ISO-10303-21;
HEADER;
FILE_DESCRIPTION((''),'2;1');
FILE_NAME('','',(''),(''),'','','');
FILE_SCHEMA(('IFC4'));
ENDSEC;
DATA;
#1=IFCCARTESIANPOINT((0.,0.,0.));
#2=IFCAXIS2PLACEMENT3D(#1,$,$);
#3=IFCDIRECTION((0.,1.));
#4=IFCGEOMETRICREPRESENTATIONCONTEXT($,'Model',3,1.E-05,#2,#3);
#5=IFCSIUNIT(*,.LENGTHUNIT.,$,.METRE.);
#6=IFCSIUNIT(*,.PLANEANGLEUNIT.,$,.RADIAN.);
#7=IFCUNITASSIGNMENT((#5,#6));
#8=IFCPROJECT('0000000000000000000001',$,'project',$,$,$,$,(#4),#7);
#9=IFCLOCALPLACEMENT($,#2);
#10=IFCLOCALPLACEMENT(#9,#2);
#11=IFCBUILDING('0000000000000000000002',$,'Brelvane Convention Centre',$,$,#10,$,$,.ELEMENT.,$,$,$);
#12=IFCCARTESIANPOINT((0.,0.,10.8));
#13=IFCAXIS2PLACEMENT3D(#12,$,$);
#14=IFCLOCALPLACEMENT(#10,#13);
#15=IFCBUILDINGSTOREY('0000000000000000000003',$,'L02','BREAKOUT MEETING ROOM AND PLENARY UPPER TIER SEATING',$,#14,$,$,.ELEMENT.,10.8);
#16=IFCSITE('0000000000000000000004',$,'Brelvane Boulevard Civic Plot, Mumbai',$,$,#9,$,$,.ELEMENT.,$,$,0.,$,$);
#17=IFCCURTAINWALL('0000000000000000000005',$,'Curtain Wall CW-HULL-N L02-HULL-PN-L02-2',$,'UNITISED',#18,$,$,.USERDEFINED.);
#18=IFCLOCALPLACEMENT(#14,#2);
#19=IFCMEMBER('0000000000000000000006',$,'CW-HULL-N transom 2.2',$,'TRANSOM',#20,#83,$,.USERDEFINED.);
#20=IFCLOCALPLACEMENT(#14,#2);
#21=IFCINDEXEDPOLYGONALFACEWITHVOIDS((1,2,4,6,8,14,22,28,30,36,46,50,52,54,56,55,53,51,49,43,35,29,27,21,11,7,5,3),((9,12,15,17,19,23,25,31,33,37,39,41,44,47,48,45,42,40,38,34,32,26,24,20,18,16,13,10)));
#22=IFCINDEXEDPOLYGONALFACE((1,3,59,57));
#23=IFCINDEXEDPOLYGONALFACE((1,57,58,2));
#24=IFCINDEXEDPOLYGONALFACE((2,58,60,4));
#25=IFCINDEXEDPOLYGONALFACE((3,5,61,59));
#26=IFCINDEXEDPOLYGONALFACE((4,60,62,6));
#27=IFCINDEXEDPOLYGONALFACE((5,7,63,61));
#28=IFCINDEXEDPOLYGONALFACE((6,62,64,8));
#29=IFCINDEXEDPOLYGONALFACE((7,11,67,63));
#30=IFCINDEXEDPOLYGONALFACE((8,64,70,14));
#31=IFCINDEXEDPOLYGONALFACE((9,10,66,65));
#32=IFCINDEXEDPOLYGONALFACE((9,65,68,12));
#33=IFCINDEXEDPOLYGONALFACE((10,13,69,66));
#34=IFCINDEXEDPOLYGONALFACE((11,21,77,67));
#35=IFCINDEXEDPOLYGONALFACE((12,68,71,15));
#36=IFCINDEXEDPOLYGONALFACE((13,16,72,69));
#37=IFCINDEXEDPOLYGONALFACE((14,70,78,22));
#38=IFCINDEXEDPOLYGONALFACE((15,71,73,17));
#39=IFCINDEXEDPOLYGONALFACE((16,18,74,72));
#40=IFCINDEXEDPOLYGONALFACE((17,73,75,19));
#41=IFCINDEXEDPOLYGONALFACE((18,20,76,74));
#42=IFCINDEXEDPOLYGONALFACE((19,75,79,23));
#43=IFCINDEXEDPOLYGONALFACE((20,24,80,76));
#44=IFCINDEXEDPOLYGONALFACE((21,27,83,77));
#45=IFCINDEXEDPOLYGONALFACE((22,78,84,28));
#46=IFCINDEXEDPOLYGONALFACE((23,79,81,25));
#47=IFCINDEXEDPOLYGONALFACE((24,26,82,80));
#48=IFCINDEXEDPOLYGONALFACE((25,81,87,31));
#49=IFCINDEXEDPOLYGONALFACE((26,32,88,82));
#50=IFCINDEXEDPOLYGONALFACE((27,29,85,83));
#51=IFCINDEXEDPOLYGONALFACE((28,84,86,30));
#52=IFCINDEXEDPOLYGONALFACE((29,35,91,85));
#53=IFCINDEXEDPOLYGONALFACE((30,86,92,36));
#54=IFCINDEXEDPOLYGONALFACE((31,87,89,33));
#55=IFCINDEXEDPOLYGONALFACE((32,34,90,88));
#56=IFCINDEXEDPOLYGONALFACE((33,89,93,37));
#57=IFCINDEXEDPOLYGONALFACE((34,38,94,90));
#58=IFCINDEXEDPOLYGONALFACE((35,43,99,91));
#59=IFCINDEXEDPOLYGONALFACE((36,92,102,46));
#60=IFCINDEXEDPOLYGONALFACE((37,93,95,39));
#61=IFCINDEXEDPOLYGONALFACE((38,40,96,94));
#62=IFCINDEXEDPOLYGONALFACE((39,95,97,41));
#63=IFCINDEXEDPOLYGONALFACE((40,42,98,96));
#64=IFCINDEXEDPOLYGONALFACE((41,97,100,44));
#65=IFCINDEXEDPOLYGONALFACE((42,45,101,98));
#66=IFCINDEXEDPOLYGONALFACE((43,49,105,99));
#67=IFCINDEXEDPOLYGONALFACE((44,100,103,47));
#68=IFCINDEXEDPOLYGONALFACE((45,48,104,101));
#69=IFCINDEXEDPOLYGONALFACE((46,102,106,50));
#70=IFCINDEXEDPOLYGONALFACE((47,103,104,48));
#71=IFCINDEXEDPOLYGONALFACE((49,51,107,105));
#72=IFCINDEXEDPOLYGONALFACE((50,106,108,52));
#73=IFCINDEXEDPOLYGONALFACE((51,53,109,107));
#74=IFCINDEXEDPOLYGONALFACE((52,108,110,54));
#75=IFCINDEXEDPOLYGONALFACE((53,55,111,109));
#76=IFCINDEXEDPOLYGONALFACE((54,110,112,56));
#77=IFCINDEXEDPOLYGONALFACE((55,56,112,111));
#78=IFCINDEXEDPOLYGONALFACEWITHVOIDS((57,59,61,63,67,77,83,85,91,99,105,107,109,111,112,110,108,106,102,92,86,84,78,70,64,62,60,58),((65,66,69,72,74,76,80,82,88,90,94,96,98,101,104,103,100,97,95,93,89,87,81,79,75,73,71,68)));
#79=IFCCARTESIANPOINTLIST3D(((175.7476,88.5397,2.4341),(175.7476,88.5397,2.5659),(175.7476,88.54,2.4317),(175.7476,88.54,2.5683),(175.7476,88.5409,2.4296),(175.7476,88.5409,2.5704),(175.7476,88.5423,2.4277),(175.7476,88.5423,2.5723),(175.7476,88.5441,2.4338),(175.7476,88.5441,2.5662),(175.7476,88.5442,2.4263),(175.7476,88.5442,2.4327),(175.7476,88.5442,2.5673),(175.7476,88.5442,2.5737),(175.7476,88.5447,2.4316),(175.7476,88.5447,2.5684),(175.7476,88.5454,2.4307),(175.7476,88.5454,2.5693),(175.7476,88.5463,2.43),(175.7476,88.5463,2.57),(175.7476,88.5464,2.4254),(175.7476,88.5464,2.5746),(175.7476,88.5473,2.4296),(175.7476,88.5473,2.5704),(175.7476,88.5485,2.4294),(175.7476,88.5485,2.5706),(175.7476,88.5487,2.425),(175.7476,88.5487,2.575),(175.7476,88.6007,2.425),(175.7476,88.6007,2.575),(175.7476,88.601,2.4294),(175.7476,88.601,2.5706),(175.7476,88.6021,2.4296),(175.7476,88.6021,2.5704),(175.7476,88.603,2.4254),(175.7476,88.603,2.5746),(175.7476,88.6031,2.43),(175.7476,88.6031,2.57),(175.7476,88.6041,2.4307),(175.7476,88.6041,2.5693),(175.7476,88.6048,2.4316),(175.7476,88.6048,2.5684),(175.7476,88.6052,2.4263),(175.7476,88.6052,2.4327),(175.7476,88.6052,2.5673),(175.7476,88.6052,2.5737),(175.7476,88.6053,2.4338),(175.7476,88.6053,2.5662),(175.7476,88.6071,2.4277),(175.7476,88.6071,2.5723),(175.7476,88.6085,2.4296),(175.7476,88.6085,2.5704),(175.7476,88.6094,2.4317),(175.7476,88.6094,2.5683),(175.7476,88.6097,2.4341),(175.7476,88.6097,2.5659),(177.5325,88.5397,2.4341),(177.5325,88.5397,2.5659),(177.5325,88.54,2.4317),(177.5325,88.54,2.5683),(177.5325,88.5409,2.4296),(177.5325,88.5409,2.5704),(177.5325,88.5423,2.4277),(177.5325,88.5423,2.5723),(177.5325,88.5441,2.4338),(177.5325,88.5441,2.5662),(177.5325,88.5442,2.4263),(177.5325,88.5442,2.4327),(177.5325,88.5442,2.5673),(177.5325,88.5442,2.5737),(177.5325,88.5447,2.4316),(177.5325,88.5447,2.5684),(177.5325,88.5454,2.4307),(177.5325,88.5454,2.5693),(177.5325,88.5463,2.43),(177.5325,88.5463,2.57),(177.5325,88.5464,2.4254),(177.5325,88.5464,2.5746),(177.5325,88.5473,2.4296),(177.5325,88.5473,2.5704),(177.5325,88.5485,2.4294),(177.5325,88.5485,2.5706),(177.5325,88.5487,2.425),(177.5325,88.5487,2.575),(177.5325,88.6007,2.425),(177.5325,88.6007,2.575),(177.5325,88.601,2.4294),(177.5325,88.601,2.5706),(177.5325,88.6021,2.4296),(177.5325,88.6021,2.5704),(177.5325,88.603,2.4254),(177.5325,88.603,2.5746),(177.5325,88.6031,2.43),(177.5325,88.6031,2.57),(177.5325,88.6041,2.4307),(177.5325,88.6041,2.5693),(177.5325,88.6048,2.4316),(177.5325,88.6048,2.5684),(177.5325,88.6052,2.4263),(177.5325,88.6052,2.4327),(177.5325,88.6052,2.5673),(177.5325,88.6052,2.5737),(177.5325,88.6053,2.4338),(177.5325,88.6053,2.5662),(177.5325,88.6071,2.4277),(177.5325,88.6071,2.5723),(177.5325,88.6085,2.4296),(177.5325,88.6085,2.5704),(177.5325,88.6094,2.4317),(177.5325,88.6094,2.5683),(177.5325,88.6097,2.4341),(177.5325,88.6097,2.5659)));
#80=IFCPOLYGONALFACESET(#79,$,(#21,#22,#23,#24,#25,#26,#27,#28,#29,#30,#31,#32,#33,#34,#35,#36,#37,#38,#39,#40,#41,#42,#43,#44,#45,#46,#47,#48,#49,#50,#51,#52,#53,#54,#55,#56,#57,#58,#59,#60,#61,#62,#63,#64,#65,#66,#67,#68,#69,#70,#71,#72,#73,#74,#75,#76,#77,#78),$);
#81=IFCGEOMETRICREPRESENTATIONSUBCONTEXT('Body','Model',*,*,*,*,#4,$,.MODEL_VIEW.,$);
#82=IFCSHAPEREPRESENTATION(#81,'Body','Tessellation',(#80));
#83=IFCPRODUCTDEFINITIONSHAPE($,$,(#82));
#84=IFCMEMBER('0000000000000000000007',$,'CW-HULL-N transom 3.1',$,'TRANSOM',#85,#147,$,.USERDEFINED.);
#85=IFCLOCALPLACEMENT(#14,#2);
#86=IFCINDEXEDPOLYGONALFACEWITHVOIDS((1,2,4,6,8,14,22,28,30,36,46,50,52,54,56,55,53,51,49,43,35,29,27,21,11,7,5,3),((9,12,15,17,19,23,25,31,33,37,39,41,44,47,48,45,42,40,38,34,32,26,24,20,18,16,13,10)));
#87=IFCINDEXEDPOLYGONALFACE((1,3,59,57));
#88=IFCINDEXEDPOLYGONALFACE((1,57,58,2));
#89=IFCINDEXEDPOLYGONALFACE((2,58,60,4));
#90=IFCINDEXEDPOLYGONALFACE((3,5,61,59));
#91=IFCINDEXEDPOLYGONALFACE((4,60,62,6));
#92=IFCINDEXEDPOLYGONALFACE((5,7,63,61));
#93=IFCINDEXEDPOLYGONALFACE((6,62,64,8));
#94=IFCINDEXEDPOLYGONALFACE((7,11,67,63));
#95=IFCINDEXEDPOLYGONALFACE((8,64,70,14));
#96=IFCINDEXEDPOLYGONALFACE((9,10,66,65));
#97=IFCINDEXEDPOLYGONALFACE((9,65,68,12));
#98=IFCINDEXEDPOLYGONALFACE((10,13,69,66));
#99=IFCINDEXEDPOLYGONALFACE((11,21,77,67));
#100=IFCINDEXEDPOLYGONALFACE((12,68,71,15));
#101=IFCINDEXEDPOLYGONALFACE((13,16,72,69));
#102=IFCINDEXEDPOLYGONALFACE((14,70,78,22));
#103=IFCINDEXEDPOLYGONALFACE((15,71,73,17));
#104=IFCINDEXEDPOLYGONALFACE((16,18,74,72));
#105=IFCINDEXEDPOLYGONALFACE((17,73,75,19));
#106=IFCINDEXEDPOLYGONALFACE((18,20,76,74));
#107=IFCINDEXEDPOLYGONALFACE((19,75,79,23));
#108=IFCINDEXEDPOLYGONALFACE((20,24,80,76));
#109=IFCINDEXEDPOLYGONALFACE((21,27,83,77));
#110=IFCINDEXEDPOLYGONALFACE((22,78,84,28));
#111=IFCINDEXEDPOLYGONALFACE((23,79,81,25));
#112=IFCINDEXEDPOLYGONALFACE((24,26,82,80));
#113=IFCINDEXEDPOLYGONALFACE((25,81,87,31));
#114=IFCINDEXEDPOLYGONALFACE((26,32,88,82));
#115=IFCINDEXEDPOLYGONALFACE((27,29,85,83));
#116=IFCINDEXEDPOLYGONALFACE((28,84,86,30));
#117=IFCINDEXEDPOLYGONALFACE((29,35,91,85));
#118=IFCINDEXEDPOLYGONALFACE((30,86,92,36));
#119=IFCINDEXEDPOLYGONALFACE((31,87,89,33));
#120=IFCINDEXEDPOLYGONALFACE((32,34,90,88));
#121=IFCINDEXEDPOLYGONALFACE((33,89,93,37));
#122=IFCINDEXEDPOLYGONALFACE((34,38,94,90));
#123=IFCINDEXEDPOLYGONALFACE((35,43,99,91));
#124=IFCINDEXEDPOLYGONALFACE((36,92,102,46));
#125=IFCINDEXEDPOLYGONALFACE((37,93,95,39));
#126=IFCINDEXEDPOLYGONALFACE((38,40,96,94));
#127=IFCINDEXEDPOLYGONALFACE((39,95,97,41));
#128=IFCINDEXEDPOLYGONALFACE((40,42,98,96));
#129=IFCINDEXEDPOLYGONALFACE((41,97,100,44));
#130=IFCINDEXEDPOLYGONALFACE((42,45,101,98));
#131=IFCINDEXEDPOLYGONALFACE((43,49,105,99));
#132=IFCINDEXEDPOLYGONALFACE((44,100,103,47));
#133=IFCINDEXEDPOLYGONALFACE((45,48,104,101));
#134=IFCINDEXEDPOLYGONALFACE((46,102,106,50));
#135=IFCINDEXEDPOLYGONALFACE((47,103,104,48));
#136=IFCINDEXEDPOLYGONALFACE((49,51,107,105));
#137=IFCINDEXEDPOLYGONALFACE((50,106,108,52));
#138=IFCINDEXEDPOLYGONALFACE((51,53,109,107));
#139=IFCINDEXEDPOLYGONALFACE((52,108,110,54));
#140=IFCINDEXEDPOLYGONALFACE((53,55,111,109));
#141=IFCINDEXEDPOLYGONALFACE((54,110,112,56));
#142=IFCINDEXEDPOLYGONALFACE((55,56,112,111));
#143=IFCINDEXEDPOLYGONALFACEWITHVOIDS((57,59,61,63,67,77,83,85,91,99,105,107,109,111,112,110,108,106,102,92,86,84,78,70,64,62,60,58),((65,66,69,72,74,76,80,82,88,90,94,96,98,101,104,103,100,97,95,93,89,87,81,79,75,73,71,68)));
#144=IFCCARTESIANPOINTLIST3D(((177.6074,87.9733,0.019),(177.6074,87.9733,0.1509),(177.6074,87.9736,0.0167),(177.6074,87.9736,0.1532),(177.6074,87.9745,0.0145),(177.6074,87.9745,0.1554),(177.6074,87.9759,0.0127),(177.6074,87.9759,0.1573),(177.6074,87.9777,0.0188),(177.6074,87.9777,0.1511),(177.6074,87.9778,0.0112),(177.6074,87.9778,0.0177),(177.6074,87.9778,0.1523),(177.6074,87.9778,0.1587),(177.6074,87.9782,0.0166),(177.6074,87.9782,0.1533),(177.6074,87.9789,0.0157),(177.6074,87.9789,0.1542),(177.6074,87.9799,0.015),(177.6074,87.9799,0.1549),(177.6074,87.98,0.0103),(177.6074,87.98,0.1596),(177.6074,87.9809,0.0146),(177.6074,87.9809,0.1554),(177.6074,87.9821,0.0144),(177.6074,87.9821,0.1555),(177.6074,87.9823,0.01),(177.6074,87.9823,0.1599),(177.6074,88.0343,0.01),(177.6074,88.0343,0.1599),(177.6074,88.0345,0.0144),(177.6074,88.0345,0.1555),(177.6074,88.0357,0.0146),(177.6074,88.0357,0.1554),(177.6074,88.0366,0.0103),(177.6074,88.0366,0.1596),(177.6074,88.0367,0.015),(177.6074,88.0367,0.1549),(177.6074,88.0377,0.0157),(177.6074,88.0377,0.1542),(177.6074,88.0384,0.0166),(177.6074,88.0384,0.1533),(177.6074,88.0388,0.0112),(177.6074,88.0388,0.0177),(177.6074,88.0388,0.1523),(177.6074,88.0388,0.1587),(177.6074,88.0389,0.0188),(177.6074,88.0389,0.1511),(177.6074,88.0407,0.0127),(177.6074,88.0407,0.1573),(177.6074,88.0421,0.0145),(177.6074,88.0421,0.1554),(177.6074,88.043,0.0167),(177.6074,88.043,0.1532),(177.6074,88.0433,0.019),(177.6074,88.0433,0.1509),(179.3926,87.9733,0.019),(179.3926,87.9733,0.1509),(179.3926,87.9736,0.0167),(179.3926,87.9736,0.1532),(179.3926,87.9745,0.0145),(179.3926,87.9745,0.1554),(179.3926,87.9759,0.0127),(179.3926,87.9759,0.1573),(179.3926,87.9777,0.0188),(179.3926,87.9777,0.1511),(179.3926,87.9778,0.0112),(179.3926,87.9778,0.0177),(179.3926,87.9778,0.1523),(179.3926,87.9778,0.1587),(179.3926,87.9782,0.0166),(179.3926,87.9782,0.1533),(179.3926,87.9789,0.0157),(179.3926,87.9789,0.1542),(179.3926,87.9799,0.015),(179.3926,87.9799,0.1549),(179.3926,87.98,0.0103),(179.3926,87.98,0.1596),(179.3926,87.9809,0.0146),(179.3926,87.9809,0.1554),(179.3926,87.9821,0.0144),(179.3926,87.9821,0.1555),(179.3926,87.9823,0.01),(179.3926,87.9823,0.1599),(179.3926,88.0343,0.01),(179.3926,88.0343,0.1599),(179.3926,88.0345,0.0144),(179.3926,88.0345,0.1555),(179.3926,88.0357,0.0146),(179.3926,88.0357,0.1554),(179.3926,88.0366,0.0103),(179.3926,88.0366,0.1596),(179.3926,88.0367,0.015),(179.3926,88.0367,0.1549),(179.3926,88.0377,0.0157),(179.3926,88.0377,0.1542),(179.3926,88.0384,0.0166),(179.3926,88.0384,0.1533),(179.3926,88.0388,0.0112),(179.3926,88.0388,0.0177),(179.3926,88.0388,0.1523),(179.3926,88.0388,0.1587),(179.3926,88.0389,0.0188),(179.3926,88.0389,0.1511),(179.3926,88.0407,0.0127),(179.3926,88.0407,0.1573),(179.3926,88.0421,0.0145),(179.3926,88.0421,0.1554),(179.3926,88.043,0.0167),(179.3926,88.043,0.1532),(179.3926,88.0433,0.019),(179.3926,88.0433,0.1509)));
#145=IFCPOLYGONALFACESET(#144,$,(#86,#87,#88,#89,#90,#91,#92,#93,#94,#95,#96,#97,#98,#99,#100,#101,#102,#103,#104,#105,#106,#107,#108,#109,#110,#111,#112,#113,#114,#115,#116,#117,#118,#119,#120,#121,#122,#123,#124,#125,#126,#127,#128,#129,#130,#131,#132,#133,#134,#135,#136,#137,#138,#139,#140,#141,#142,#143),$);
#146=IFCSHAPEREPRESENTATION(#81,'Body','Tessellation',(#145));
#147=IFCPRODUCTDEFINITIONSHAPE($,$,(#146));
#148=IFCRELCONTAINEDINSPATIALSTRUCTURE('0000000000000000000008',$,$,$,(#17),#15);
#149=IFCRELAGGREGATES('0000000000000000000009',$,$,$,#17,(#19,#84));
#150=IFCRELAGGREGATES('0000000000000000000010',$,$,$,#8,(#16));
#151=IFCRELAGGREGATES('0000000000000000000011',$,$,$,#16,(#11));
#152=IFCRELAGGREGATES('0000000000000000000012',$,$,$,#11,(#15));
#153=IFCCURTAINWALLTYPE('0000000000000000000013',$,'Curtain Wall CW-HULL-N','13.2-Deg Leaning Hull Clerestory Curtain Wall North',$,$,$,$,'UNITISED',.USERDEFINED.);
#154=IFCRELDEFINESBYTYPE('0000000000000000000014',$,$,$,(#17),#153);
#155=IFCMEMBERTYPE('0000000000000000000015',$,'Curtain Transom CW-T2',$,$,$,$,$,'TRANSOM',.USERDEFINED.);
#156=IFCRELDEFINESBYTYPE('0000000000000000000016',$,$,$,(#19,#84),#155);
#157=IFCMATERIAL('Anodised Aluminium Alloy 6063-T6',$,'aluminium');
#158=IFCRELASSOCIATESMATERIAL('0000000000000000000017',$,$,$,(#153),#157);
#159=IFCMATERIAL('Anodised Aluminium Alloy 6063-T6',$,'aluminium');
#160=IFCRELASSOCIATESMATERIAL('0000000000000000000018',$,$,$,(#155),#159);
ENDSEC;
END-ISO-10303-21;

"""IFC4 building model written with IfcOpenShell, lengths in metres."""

from ifc_helpers import new_model, si_unit, direction, frame, origin, origin_2d, place, context, subcontext, project, spatial, hollow_rectangle, extrude, material, material_profile, profile_set, type_object, element, aggregate, save


model = new_model("IFC4")

# Units and contexts
model_context = context("Model", 3, precision=1e-05, world=origin(), true_north=direction((0.0, 1.0)))
body_context = subcontext(model_context, "Body", "Model", "MODEL_VIEW")
ifc_project = project(units=[si_unit("LENGTHUNIT", "METRE"), si_unit("PLANEANGLEUNIT", "RADIAN")], contexts=[model_context])

# Site, building, storey
site_placement = place(None, origin())
site = spatial("IfcSite", under=ifc_project, at=site_placement, Name="Brelvane Boulevard Civic Plot, Mumbai", CompositionType="ELEMENT", RefElevation=0.0)
building_placement = place(site_placement, origin())
building = spatial("IfcBuilding", under=site, at=building_placement, Name="Brelvane Convention Centre", CompositionType="ELEMENT")
storey_placement = place(building_placement, frame((0.0, 0.0, 10.8)))
storey = spatial("IfcBuildingStorey", under=building, at=storey_placement, Name="L02", Description="BREAKOUT MEETING ROOM AND PLENARY UPPER TIER SEATING", CompositionType="ELEMENT", Elevation=10.8)

# Curtain wall
ifc_material_1 = material(Name="Anodised Aluminium Alloy 6063-T6", Category="aluminium")
curtain_wall_type = type_object("IfcCurtainWallType", Name="Curtain Wall CW-HULL-N", Description="13.2-Deg Leaning Hull Clerestory Curtain Wall North", ElementType="UNITISED", PredefinedType="USERDEFINED", material=ifc_material_1)
curtain_wall_1_placement = place(storey_placement, origin())
curtain_wall_1 = element("IfcCurtainWall", 1, at=curtain_wall_1_placement, inside=storey, type_object=curtain_wall_type, Name="Curtain Wall CW-HULL-N L02-HULL-PN-L02-2", ObjectType="UNITISED", PredefinedType="USERDEFINED")

# Members
ifc_material_2 = material(Name="Anodised Aluminium Alloy 6063-T6", Category="aluminium")
ifc_material_profile_1 = material_profile(ifc_material_2, hollow_rectangle(XDim=0.0701, YDim=0.1499, WallThickness=0.0044, InnerFilletRadius=0.0044, OuterFilletRadius=0.009, at=origin_2d()), Name="ALU-T 150x70x4.5")
ifc_profile_set_1 = profile_set([ifc_material_profile_1], Name="Anodised Aluminium Alloy 6063-T6")
member_type_1 = type_object("IfcMemberType", Name="Curtain Transom CW-T2", ElementType="TRANSOM", PredefinedType="USERDEFINED", material=ifc_profile_set_1)
member_1_placement = place(storey_placement, frame((175.7476, 88.5747, 2.5), z_axis=(1.0, 0.0, 0.0), x_axis=(0.0, 1.0, 0.0)))
member_1 = element("IfcMember", 2, at=member_1_placement, type_object=member_type_1, Name="CW-HULL-N transom 2.2", ObjectType="TRANSOM", PredefinedType="USERDEFINED", context=body_context, shape_type="SweptSolid", body=[
    extrude(hollow_rectangle(XDim=0.0701, YDim=0.1499, WallThickness=0.0044, InnerFilletRadius=0.0044, OuterFilletRadius=0.009, at=origin_2d()), origin(), (0.0, 0.0, 1.0), 1.7849),
])
member_2_placement = place(storey_placement, frame((177.6074, 88.0083, 0.085), z_axis=(1.0, 0.0, 0.0), x_axis=(0.0, 1.0, 0.0)))
member_2 = element("IfcMember", 3, at=member_2_placement, type_object=member_type_1, Name="CW-HULL-N transom 3.1", ObjectType="TRANSOM", PredefinedType="USERDEFINED", context=body_context, shape_type="SweptSolid", body=[
    extrude(hollow_rectangle(XDim=0.0701, YDim=0.1499, WallThickness=0.0044, InnerFilletRadius=0.0044, OuterFilletRadius=0.009, at=origin_2d()), origin(), (0.0, 0.0, 1.0), 1.7852),
])

aggregate(curtain_wall_1, [member_1, member_2])

save(model, "model.ifc")
